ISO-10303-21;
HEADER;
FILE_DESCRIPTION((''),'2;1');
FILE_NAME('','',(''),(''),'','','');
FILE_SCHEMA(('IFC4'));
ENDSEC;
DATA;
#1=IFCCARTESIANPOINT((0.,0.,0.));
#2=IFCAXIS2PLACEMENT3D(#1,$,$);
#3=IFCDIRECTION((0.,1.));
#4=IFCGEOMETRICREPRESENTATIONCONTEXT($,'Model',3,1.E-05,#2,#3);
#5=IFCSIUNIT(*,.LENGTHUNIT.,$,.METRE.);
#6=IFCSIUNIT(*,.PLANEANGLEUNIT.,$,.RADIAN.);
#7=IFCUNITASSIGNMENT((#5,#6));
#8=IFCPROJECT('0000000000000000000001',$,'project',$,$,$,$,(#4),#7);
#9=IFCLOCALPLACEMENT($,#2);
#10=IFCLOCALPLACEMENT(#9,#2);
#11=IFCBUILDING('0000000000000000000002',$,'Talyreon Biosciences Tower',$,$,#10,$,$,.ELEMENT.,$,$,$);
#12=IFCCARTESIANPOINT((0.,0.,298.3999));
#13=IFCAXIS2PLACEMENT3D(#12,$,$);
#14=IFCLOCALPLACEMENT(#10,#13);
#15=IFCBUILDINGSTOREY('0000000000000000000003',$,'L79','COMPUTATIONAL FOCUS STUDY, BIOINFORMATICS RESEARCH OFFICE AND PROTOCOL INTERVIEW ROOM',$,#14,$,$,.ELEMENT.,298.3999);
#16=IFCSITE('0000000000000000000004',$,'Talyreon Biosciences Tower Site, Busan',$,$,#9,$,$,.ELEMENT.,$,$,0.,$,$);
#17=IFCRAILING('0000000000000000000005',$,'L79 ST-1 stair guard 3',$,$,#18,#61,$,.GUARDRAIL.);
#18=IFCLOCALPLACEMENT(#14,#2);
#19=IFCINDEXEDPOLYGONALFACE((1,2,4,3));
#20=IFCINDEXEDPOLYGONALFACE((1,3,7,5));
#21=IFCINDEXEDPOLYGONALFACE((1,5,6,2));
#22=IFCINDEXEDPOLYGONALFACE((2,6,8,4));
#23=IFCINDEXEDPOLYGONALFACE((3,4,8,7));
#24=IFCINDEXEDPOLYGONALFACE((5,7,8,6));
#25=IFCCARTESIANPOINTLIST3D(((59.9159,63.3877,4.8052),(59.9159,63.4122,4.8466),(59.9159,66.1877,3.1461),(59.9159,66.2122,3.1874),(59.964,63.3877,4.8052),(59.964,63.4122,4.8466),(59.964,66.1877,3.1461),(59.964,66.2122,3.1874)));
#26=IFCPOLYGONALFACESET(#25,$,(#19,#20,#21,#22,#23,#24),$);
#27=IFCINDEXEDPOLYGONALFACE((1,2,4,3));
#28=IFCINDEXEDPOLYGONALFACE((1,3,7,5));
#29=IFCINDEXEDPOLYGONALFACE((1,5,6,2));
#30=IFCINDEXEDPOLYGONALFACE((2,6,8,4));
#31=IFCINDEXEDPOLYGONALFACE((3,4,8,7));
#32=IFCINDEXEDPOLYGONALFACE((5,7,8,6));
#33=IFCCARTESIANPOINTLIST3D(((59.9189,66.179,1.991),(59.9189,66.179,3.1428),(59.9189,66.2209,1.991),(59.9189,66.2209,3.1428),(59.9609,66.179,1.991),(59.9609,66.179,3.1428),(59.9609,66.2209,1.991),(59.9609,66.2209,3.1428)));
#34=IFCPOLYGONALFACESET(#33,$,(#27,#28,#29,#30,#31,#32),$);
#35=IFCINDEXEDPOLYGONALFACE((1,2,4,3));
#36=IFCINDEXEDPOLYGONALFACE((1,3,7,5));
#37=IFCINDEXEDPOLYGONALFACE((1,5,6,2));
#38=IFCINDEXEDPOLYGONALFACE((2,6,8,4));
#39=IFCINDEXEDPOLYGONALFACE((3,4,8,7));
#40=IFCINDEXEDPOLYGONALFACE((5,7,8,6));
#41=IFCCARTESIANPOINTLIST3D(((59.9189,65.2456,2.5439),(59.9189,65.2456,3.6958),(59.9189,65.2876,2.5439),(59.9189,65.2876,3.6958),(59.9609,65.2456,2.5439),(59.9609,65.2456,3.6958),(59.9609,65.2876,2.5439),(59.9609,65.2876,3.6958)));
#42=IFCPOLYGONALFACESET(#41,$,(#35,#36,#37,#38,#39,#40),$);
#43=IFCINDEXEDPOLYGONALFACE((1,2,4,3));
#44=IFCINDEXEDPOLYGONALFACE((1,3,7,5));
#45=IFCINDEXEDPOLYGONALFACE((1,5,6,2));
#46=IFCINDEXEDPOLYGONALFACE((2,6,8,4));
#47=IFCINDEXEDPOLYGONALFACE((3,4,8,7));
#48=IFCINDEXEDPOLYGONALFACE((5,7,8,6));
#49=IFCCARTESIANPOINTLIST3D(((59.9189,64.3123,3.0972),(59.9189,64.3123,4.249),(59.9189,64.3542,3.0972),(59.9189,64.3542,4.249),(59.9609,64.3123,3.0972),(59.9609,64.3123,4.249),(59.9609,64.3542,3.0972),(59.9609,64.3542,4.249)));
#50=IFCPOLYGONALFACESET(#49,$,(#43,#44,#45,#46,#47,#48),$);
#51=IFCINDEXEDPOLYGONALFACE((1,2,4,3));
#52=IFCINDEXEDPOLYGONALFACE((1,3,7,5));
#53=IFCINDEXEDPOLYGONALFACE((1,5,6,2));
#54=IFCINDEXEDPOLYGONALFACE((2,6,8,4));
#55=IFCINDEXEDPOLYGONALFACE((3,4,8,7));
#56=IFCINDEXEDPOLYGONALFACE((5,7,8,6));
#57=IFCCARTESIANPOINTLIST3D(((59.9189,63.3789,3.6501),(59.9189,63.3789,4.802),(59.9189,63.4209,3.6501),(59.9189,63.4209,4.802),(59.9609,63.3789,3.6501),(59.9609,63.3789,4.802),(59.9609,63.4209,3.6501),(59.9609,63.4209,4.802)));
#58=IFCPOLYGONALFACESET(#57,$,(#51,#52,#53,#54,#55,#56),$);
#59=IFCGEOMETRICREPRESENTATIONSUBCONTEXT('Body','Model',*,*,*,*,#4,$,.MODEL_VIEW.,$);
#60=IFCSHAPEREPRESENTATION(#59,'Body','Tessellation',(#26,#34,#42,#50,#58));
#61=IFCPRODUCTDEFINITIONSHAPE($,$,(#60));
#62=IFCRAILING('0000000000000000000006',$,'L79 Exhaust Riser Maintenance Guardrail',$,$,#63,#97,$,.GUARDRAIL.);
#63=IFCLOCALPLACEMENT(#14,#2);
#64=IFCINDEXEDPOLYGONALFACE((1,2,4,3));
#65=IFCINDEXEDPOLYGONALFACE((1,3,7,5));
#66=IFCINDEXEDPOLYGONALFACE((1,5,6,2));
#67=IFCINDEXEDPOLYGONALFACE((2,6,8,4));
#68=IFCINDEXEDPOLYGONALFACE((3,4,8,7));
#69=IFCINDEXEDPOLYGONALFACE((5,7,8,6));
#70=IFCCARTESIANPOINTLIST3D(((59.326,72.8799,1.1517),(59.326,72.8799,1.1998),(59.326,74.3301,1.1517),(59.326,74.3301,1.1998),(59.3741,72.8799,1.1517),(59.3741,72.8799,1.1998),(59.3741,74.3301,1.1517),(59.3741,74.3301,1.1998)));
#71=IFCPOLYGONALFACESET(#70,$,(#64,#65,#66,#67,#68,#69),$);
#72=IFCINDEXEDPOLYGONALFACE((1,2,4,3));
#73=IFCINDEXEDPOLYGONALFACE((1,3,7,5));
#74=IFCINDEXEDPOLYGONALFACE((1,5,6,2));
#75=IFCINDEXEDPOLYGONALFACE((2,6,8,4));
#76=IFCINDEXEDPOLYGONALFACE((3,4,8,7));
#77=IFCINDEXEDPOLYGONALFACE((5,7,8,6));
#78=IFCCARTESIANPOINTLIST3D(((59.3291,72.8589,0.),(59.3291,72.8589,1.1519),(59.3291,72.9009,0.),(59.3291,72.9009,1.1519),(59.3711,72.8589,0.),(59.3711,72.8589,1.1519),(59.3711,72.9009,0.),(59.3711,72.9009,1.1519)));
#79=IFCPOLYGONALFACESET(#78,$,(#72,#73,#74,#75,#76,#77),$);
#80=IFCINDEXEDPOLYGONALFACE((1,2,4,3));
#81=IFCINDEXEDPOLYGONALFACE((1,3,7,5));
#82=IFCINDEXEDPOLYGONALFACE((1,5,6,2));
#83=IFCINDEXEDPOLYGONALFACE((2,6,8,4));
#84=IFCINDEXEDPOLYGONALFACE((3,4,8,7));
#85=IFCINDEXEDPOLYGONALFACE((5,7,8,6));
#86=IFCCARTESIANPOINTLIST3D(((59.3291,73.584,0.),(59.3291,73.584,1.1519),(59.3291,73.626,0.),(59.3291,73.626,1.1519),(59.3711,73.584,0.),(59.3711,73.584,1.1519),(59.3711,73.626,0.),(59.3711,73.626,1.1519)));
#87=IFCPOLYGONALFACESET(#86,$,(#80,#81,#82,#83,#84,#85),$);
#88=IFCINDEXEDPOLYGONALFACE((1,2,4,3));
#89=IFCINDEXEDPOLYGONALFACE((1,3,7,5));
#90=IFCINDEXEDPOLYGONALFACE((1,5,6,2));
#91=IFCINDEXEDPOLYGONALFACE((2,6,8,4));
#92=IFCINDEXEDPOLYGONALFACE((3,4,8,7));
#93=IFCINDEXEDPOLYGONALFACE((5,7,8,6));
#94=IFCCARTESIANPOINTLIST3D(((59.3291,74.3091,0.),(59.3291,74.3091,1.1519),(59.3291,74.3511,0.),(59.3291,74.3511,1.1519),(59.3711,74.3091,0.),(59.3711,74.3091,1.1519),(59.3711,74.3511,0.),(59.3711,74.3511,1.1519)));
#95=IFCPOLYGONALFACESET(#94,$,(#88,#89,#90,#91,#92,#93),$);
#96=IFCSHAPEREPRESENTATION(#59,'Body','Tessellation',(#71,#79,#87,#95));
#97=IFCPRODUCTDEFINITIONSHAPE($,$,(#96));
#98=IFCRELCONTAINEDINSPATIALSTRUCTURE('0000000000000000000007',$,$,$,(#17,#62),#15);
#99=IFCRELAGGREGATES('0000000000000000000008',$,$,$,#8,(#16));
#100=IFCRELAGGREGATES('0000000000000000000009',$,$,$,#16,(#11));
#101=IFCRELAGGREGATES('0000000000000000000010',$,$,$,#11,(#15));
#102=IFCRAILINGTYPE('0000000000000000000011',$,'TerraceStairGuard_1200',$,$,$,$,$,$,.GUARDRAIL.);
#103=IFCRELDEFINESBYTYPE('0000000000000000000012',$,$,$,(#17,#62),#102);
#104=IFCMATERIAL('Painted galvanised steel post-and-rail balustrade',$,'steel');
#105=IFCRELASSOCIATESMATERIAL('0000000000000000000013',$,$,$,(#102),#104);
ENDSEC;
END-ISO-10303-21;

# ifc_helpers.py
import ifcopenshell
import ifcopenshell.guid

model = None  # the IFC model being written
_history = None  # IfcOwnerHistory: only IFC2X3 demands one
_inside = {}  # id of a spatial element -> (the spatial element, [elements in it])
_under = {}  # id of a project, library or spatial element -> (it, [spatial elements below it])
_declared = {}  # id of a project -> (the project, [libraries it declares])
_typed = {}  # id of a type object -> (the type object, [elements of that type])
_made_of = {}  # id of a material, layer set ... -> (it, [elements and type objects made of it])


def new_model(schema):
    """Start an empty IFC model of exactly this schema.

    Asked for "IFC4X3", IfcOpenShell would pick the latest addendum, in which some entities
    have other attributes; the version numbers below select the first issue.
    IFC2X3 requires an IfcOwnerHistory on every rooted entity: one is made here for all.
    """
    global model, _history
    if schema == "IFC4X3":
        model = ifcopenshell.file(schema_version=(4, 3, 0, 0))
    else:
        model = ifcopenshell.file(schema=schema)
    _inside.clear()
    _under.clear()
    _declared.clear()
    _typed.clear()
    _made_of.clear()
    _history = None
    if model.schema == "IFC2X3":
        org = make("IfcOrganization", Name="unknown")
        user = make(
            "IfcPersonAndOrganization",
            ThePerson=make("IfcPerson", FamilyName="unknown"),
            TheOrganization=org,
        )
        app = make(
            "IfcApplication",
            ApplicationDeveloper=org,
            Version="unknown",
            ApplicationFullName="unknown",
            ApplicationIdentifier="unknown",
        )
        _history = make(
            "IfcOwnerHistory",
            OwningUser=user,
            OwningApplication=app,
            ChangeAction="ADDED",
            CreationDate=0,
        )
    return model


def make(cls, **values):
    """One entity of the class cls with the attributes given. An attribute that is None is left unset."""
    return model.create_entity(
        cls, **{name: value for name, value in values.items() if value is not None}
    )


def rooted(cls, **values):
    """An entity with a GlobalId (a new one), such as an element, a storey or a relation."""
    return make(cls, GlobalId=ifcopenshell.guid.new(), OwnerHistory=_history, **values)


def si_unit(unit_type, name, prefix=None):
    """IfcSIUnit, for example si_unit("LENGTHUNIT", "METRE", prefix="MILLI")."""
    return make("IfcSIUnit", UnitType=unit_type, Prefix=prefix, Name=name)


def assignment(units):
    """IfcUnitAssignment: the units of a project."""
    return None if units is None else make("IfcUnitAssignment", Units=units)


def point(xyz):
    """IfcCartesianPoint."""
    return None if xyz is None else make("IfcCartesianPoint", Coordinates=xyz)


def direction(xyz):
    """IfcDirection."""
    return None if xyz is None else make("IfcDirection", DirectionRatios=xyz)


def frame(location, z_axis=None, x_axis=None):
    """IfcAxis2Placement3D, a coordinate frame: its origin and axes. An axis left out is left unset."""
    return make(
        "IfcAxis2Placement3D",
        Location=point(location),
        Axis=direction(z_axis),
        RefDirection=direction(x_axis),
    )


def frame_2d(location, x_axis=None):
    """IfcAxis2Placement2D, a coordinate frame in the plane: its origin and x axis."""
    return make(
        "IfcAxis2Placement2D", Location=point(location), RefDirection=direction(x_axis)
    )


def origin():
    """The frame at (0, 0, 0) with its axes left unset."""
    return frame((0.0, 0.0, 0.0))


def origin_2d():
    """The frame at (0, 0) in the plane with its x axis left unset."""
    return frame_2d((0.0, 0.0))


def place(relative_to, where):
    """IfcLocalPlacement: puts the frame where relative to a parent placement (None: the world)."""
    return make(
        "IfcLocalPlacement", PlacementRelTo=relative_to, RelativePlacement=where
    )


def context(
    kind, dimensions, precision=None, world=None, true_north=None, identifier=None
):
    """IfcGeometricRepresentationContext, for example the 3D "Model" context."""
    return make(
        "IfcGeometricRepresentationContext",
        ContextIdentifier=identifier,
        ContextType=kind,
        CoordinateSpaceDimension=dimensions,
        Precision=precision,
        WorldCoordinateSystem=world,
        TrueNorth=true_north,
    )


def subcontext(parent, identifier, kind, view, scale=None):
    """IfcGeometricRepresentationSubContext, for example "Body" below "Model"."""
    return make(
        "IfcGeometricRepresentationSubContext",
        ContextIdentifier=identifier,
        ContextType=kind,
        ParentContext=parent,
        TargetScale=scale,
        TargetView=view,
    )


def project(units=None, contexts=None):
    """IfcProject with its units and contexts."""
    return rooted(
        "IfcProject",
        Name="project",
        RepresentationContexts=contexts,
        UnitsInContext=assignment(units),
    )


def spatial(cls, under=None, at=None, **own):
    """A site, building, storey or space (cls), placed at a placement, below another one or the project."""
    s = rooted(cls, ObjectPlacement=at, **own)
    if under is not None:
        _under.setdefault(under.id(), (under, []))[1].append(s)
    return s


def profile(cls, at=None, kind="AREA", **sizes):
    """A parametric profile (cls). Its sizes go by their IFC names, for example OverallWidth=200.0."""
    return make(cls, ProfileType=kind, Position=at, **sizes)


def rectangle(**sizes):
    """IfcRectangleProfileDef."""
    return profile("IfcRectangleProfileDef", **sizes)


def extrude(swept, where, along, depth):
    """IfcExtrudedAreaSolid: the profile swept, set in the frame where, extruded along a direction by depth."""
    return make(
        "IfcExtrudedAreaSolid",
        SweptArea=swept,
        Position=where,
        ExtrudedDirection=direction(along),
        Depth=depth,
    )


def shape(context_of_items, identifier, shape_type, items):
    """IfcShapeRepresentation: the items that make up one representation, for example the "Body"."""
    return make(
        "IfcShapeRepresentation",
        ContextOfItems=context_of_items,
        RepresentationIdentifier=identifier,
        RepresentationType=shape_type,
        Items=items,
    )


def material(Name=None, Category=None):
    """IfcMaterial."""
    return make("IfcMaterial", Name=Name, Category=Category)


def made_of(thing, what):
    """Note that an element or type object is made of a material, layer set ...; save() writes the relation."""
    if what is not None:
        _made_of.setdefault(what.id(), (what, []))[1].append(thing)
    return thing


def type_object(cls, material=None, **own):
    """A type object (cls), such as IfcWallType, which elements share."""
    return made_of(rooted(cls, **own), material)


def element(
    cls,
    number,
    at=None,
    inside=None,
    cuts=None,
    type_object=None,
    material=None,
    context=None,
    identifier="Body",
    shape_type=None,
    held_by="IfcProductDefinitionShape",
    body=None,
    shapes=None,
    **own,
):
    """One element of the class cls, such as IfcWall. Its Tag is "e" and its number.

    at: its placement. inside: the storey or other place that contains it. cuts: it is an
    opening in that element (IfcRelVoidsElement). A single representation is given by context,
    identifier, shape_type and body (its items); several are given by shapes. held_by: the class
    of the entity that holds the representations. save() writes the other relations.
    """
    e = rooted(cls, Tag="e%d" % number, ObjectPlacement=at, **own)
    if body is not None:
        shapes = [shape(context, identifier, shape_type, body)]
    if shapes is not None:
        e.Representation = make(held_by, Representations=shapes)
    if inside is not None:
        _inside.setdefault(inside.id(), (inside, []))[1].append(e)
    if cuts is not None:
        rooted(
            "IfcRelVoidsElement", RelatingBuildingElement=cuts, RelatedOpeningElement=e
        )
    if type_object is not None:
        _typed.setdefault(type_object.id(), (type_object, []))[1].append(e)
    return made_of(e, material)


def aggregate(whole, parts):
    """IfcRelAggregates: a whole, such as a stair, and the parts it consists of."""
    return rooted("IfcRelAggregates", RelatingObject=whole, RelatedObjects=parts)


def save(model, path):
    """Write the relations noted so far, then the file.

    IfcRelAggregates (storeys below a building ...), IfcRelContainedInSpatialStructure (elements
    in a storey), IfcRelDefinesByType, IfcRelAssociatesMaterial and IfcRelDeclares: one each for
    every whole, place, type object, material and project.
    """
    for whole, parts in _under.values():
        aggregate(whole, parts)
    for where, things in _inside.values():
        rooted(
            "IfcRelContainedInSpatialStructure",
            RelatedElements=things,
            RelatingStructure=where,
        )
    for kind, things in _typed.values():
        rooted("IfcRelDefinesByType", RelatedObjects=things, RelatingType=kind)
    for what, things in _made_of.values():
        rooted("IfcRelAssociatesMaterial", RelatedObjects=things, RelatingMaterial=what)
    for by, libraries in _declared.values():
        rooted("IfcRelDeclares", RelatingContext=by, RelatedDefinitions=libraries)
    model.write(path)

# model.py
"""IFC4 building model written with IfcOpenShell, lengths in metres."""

from ifc_helpers import new_model, si_unit, direction, frame, origin, origin_2d, place, context, subcontext, project, spatial, rectangle, extrude, material, type_object, element, save


model = new_model("IFC4")

# Units and contexts
model_context = context("Model", 3, precision=1e-05, world=origin(), true_north=direction((0.0, 1.0)))
body_context = subcontext(model_context, "Body", "Model", "MODEL_VIEW")
ifc_project = project(units=[si_unit("LENGTHUNIT", "METRE"), si_unit("PLANEANGLEUNIT", "RADIAN")], contexts=[model_context])

# Site, building, storey
site_placement = place(None, origin())
site = spatial("IfcSite", under=ifc_project, at=site_placement, Name="Talyreon Biosciences Tower Site, Busan", CompositionType="ELEMENT", RefElevation=0.0)
building_placement = place(site_placement, origin())
building = spatial("IfcBuilding", under=site, at=building_placement, Name="Talyreon Biosciences Tower", CompositionType="ELEMENT")
storey_placement = place(building_placement, frame((0.0, 0.0, 298.3999)))
storey = spatial("IfcBuildingStorey", under=building, at=storey_placement, Name="L79", Description="COMPUTATIONAL FOCUS STUDY, BIOINFORMATICS RESEARCH OFFICE AND PROTOCOL INTERVIEW ROOM", CompositionType="ELEMENT", Elevation=298.3999)

# Railings
ifc_material_1 = material(Name="Painted galvanised steel post-and-rail balustrade", Category="steel")
railing_type_1 = type_object("IfcRailingType", Name="TerraceStairGuard_1200", PredefinedType="GUARDRAIL", material=ifc_material_1)
railing_1_placement = place(storey_placement, frame((59.9399, 66.2, 1.991)))
element("IfcRailing", 1, at=railing_1_placement, inside=storey, type_object=railing_type_1, Name="L79 ST-1 stair guard 3", PredefinedType="GUARDRAIL", context=body_context, shape_type="SweptSolid", body=[
    extrude(rectangle(XDim=0.0481, YDim=0.0481, at=origin_2d()), frame((0.0, 0.0, 1.1758), z_axis=(0.0, -0.860306, 0.509778), x_axis=(1.0, 0.0, 0.0)), (0.0, 0.0, 1.0), 3.2546),
    extrude(rectangle(XDim=0.042, YDim=0.042, at=origin_2d()), origin(), (0.0, 0.0, 1.0), 1.1519),
    extrude(rectangle(XDim=0.042, YDim=0.042, at=origin_2d()), frame((0.0, -0.9333, 0.553)), (0.0, 0.0, 1.0), 1.1519),
    extrude(rectangle(XDim=0.042, YDim=0.042, at=origin_2d()), frame((0.0, -1.8667, 1.1062)), (0.0, 0.0, 1.0), 1.1519),
    extrude(rectangle(XDim=0.042, YDim=0.042, at=origin_2d()), frame((0.0, -2.8, 1.6592)), (0.0, 0.0, 1.0), 1.1519),
])
railing_2_placement = place(storey_placement, frame((59.3501, 72.8799, 0.0)))
element("IfcRailing", 2, at=railing_2_placement, inside=storey, type_object=railing_type_1, Name="L79 Exhaust Riser Maintenance Guardrail", PredefinedType="GUARDRAIL", context=body_context, shape_type="SweptSolid", body=[
    extrude(rectangle(XDim=0.0481, YDim=0.0481, at=origin_2d()), frame((0.0, 0.0, 1.1758), z_axis=(0.0, 1.0, 0.0), x_axis=(-1.0, 0.0, 0.0)), (0.0, 0.0, 1.0), 1.4502),
    extrude(rectangle(XDim=0.042, YDim=0.042, at=origin_2d()), origin(), (0.0, 0.0, 1.0), 1.1519),
    extrude(rectangle(XDim=0.042, YDim=0.042, at=origin_2d()), frame((0.0, 0.7251, 0.0)), (0.0, 0.0, 1.0), 1.1519),
    extrude(rectangle(XDim=0.042, YDim=0.042, at=origin_2d()), frame((0.0, 1.4502, 0.0)), (0.0, 0.0, 1.0), 1.1519),
])

save(model, "model.ifc")
